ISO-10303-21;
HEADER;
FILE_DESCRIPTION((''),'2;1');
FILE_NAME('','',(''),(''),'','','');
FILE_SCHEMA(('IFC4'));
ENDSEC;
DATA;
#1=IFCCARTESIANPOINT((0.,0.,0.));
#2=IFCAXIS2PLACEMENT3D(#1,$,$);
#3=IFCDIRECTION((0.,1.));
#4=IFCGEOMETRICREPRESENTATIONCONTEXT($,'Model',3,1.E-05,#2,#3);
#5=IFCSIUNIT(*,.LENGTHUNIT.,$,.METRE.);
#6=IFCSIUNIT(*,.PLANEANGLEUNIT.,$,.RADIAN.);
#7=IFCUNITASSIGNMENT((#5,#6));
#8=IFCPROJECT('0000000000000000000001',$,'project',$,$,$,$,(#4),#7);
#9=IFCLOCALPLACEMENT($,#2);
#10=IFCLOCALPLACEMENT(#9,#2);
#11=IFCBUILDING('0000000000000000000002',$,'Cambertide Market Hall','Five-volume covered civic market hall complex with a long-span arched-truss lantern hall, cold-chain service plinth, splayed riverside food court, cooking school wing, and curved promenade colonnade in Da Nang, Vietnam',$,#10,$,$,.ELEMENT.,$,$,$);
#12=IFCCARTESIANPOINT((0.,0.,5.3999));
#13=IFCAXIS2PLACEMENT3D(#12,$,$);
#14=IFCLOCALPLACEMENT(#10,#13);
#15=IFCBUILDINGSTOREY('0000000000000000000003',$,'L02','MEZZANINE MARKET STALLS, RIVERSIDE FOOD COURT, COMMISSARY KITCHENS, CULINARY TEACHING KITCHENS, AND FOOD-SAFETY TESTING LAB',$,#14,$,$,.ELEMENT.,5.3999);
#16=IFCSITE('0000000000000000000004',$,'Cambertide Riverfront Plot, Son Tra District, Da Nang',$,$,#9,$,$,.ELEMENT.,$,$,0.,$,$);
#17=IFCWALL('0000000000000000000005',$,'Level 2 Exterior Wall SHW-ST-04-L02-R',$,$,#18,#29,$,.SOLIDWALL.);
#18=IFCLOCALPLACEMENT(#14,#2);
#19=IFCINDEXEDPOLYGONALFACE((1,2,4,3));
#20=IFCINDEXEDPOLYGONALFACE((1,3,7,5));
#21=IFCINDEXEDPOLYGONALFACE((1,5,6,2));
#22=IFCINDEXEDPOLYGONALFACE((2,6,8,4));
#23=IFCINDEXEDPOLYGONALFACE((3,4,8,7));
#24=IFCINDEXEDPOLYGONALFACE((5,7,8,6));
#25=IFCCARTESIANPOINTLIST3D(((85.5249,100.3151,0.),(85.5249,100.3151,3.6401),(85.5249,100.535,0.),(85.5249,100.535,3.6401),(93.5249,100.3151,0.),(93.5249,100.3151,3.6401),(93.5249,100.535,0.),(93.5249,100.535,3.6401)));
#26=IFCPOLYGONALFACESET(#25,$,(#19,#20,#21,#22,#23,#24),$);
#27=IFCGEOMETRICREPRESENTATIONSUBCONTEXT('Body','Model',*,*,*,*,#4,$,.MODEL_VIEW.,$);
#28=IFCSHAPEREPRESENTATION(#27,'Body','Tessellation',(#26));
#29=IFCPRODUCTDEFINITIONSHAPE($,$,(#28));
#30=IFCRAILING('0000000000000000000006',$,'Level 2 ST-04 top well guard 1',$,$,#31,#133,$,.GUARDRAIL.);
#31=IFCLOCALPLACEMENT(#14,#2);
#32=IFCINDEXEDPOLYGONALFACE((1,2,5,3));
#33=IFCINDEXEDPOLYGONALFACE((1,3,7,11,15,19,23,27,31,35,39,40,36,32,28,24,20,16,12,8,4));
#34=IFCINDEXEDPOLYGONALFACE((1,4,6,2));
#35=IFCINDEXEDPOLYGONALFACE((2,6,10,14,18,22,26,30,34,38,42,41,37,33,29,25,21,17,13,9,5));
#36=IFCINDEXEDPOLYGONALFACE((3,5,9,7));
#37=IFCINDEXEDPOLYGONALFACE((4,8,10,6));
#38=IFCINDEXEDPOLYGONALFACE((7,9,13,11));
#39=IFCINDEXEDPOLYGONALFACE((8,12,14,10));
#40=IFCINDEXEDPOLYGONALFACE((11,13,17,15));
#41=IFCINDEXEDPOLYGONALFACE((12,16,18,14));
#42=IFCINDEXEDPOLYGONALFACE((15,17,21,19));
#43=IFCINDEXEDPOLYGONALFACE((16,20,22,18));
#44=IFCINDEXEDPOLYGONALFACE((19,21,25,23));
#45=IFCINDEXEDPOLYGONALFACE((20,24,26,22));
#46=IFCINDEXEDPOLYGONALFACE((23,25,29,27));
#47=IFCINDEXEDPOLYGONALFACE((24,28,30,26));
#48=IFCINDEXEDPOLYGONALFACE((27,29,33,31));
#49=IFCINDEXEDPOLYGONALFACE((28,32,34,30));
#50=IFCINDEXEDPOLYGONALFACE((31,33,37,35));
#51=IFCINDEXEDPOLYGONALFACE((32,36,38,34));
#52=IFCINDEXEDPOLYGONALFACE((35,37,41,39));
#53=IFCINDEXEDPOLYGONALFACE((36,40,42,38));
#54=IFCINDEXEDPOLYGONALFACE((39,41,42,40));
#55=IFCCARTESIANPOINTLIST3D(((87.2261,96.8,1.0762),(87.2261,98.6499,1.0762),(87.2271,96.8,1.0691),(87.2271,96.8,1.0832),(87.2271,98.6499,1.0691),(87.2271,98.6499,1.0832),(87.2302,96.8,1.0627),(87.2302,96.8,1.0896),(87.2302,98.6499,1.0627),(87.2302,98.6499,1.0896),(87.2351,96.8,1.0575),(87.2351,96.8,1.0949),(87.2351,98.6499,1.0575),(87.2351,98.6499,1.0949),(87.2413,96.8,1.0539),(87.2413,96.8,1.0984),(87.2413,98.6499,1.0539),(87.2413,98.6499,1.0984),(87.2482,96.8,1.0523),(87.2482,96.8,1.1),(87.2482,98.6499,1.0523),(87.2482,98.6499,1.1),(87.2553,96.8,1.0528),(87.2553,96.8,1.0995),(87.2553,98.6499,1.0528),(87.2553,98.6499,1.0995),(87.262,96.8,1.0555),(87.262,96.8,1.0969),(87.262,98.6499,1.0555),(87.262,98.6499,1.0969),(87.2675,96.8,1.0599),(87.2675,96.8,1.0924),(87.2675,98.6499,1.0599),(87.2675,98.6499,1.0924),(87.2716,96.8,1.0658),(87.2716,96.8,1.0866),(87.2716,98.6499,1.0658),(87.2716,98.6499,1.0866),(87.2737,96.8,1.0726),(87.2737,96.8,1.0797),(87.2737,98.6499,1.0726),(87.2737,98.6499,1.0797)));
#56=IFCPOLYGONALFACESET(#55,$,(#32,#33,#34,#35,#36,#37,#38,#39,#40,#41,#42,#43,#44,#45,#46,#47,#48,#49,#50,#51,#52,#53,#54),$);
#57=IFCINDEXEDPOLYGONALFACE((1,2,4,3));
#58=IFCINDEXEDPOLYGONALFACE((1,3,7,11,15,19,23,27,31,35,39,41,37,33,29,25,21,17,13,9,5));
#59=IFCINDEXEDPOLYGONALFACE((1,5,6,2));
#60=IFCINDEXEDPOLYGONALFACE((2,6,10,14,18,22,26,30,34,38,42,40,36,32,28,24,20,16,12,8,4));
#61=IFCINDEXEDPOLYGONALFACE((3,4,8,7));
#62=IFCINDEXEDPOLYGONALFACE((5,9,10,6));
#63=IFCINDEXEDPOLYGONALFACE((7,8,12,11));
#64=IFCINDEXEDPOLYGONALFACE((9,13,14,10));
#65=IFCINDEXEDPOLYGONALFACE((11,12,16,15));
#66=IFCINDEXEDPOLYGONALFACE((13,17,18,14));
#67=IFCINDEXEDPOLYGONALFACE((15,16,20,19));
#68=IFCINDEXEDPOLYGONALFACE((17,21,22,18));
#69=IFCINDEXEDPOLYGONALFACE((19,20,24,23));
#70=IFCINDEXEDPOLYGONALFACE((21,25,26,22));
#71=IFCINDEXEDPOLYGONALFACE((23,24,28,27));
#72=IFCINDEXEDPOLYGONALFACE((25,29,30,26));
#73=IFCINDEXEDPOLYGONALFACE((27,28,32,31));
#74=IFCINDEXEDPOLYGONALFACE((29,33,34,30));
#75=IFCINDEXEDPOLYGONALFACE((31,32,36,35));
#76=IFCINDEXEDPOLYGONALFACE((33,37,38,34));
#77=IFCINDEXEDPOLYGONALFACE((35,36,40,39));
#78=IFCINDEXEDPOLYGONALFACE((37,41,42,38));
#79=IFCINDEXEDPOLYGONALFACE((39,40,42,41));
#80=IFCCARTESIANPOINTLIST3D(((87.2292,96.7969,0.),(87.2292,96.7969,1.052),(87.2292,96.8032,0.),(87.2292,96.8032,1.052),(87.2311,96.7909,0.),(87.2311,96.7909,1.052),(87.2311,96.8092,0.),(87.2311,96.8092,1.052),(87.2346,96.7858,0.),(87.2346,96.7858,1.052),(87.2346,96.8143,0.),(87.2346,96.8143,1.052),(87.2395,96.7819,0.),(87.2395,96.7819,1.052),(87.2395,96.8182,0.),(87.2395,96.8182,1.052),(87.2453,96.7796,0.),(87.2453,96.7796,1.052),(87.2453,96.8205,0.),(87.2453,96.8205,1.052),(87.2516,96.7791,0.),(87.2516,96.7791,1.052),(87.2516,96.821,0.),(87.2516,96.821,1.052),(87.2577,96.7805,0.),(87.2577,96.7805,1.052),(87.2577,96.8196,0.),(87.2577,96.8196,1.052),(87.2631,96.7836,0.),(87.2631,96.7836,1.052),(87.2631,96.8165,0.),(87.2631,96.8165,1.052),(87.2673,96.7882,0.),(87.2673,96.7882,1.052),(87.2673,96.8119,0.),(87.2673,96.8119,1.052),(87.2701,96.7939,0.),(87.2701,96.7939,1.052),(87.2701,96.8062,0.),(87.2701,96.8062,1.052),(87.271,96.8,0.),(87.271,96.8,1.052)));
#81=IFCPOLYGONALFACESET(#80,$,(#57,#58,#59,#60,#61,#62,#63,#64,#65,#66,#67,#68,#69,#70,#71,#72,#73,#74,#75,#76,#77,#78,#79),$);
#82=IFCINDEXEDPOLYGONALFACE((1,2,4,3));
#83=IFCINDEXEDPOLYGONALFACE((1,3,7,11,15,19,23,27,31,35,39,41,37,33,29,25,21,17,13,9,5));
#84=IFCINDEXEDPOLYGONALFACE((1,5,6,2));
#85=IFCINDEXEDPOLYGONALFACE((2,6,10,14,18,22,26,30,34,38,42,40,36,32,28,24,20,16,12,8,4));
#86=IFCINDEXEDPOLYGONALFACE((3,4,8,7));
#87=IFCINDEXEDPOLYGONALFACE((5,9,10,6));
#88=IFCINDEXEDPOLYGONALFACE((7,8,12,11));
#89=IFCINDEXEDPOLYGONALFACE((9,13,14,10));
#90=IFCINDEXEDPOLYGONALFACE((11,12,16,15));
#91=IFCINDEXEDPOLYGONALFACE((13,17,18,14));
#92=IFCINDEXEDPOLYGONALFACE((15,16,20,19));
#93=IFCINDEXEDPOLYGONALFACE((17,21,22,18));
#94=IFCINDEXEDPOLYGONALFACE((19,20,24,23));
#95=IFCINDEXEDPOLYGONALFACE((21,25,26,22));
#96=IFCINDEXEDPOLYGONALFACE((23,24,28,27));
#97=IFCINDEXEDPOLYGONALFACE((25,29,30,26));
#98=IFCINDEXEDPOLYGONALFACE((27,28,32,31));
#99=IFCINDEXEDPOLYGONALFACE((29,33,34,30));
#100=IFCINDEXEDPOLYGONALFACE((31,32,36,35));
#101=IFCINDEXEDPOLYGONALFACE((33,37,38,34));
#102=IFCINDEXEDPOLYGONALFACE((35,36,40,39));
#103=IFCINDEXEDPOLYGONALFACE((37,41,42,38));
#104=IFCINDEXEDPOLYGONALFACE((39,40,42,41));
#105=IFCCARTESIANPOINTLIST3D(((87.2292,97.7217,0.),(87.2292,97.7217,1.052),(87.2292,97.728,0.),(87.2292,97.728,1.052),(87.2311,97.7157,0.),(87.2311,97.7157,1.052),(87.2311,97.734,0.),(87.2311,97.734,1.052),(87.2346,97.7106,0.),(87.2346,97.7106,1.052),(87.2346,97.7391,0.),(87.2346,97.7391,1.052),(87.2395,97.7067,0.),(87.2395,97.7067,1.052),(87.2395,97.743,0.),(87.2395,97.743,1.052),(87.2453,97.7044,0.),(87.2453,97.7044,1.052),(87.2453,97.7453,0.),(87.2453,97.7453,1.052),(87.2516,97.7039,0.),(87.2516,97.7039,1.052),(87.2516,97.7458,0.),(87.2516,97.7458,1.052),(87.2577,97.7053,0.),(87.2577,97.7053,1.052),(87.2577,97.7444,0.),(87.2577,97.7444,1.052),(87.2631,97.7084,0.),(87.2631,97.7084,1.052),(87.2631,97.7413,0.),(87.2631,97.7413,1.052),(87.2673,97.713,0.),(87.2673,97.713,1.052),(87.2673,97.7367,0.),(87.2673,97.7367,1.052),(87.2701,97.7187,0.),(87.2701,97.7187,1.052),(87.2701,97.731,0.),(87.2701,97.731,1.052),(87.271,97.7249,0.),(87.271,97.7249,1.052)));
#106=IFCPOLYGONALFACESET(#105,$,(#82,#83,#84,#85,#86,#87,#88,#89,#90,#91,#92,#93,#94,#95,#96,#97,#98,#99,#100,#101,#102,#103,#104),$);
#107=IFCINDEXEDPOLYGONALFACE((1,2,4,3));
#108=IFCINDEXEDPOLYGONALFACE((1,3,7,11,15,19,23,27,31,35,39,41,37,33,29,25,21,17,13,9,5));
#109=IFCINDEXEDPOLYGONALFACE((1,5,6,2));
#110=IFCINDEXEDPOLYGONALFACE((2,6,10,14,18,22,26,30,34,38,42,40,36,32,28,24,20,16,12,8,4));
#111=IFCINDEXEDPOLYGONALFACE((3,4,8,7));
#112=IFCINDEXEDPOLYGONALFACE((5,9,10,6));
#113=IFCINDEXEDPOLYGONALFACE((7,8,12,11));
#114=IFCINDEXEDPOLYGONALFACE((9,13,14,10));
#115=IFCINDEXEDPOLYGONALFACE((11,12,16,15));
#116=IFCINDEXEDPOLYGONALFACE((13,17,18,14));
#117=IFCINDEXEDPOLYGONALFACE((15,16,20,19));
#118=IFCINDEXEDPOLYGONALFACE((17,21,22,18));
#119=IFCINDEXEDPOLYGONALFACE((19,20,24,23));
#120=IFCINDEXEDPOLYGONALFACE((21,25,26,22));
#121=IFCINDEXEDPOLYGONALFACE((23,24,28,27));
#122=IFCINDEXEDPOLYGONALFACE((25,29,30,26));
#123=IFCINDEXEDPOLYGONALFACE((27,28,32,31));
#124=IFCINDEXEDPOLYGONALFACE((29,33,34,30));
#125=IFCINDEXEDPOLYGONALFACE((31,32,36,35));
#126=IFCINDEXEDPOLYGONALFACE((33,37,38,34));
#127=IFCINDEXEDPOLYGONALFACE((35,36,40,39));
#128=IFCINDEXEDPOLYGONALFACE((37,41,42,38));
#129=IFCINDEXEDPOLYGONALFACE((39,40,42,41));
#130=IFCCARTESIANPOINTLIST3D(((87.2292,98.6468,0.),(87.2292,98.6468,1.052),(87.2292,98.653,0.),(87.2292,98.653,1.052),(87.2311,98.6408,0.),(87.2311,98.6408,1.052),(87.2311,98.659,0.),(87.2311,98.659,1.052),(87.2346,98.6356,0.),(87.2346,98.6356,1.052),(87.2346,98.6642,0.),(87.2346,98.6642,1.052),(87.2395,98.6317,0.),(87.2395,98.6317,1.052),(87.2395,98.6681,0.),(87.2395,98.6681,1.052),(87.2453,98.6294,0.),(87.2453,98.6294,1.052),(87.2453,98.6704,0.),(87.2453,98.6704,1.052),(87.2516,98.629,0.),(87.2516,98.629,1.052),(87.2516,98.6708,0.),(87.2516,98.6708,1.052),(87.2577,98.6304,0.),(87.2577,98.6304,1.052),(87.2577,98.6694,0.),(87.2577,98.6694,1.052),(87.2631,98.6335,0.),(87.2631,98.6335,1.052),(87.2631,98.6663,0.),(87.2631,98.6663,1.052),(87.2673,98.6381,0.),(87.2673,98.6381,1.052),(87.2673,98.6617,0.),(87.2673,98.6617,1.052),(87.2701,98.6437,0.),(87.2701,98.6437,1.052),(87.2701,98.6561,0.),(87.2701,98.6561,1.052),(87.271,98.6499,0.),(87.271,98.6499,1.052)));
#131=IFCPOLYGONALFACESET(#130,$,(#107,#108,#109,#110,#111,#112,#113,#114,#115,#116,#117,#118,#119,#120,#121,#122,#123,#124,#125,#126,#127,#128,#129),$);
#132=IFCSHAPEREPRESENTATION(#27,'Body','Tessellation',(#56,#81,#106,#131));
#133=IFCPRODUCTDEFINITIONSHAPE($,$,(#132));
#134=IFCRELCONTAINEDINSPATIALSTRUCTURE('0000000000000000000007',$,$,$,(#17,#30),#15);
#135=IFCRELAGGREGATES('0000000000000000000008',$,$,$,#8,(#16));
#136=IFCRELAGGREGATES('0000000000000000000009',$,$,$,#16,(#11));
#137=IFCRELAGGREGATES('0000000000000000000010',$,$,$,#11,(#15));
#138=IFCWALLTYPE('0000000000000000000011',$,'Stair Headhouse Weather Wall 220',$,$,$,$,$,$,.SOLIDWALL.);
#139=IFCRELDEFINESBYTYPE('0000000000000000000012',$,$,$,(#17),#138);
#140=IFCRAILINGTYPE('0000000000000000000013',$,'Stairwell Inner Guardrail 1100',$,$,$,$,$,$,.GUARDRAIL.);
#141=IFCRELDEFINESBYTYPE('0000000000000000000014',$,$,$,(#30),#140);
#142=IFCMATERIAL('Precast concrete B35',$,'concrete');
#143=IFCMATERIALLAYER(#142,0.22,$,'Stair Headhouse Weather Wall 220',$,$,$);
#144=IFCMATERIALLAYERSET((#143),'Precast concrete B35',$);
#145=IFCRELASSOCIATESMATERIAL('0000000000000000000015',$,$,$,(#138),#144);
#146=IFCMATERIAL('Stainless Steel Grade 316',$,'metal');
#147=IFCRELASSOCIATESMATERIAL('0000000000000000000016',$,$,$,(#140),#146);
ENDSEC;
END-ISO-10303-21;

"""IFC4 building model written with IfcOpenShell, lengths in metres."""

from ifc_helpers import new_model, si_unit, direction, frame, frame_2d, origin, origin_2d, place, context, subcontext, project, spatial, rectangle, circle, extrude, material, layer, layer_set, type_object, element, save


model = new_model("IFC4")

# Units and contexts
model_context = context("Model", 3, precision=1e-05, world=origin(), true_north=direction((0.0, 1.0)))
body_context = subcontext(model_context, "Body", "Model", "MODEL_VIEW")
ifc_project = project(units=[si_unit("LENGTHUNIT", "METRE"), si_unit("PLANEANGLEUNIT", "RADIAN")], contexts=[model_context])

# Site, building, storey
site_placement = place(None, origin())
site = spatial("IfcSite", under=ifc_project, at=site_placement, Name="Cambertide Riverfront Plot, Son Tra District, Da Nang", CompositionType="ELEMENT", RefElevation=0.0)
building_placement = place(site_placement, origin())
building = spatial("IfcBuilding", under=site, at=building_placement, Name="Cambertide Market Hall", Description="Five-volume covered civic market hall complex with a long-span arched-truss lantern hall, cold-chain service plinth, splayed riverside food court, cooking school wing, and curved promenade colonnade in Da Nang, Vietnam", CompositionType="ELEMENT")
storey_placement = place(building_placement, frame((0.0, 0.0, 5.3999)))
storey = spatial("IfcBuildingStorey", under=building, at=storey_placement, Name="L02", Description="MEZZANINE MARKET STALLS, RIVERSIDE FOOD COURT, COMMISSARY KITCHENS, CULINARY TEACHING KITCHENS, AND FOOD-SAFETY TESTING LAB", CompositionType="ELEMENT", Elevation=5.3999)

# Shared definitions
ifc_material_1 = material(Name="Precast concrete B35", Category="concrete")
ifc_layer_1 = layer(ifc_material_1, 0.22, Name="Stair Headhouse Weather Wall 220")
ifc_layer_set_1 = layer_set([ifc_layer_1], Name="Precast concrete B35")
wall_type_1 = type_object("IfcWallType", Name="Stair Headhouse Weather Wall 220", PredefinedType="SOLIDWALL", material=ifc_layer_set_1)

# Wall
wall_1_placement = place(storey_placement, frame((85.5249, 100.425, 0.0), z_axis=(0.0, 0.0, 1.0), x_axis=(1.0, 0.0, 0.0)))
element("IfcWall", 1, at=wall_1_placement, inside=storey, type_object=wall_type_1, Name="Level 2 Exterior Wall SHW-ST-04-L02-R", PredefinedType="SOLIDWALL", context=body_context, shape_type="SweptSolid", body=[
    extrude(rectangle(XDim=8.0, YDim=0.22, at=frame_2d((4.0, 0.0))), origin(), (0.0, 0.0, 1.0), 3.6401),
])

# Railing
ifc_material_2 = material(Name="Stainless Steel Grade 316", Category="metal")
railing_type = type_object("IfcRailingType", Name="Stairwell Inner Guardrail 1100", PredefinedType="GUARDRAIL", material=ifc_material_2)
railing_placement = place(storey_placement, frame((87.25, 96.8, 0.0)))
element("IfcRailing", 2, at=railing_placement, inside=storey, type_object=railing_type, Name="Level 2 ST-04 top well guard 1", PredefinedType="GUARDRAIL", context=body_context, shape_type="SweptSolid", body=[
    extrude(circle(Radius=0.0239, at=origin_2d()), frame((0.0, 0.0, 1.0762), z_axis=(0.0, 1.0, 0.0), x_axis=(-1.0, 0.0, 0.0)), (0.0, 0.0, 1.0), 1.8499),
    extrude(circle(Radius=0.021, at=origin_2d()), origin(), (0.0, 0.0, 1.0), 1.052),
    extrude(circle(Radius=0.021, at=origin_2d()), frame((0.0, 0.9248, 0.0)), (0.0, 0.0, 1.0), 1.052),
    extrude(circle(Radius=0.021, at=origin_2d()), frame((0.0, 1.8499, 0.0)), (0.0, 0.0, 1.0), 1.052),
])

save(model, "model.ifc")
